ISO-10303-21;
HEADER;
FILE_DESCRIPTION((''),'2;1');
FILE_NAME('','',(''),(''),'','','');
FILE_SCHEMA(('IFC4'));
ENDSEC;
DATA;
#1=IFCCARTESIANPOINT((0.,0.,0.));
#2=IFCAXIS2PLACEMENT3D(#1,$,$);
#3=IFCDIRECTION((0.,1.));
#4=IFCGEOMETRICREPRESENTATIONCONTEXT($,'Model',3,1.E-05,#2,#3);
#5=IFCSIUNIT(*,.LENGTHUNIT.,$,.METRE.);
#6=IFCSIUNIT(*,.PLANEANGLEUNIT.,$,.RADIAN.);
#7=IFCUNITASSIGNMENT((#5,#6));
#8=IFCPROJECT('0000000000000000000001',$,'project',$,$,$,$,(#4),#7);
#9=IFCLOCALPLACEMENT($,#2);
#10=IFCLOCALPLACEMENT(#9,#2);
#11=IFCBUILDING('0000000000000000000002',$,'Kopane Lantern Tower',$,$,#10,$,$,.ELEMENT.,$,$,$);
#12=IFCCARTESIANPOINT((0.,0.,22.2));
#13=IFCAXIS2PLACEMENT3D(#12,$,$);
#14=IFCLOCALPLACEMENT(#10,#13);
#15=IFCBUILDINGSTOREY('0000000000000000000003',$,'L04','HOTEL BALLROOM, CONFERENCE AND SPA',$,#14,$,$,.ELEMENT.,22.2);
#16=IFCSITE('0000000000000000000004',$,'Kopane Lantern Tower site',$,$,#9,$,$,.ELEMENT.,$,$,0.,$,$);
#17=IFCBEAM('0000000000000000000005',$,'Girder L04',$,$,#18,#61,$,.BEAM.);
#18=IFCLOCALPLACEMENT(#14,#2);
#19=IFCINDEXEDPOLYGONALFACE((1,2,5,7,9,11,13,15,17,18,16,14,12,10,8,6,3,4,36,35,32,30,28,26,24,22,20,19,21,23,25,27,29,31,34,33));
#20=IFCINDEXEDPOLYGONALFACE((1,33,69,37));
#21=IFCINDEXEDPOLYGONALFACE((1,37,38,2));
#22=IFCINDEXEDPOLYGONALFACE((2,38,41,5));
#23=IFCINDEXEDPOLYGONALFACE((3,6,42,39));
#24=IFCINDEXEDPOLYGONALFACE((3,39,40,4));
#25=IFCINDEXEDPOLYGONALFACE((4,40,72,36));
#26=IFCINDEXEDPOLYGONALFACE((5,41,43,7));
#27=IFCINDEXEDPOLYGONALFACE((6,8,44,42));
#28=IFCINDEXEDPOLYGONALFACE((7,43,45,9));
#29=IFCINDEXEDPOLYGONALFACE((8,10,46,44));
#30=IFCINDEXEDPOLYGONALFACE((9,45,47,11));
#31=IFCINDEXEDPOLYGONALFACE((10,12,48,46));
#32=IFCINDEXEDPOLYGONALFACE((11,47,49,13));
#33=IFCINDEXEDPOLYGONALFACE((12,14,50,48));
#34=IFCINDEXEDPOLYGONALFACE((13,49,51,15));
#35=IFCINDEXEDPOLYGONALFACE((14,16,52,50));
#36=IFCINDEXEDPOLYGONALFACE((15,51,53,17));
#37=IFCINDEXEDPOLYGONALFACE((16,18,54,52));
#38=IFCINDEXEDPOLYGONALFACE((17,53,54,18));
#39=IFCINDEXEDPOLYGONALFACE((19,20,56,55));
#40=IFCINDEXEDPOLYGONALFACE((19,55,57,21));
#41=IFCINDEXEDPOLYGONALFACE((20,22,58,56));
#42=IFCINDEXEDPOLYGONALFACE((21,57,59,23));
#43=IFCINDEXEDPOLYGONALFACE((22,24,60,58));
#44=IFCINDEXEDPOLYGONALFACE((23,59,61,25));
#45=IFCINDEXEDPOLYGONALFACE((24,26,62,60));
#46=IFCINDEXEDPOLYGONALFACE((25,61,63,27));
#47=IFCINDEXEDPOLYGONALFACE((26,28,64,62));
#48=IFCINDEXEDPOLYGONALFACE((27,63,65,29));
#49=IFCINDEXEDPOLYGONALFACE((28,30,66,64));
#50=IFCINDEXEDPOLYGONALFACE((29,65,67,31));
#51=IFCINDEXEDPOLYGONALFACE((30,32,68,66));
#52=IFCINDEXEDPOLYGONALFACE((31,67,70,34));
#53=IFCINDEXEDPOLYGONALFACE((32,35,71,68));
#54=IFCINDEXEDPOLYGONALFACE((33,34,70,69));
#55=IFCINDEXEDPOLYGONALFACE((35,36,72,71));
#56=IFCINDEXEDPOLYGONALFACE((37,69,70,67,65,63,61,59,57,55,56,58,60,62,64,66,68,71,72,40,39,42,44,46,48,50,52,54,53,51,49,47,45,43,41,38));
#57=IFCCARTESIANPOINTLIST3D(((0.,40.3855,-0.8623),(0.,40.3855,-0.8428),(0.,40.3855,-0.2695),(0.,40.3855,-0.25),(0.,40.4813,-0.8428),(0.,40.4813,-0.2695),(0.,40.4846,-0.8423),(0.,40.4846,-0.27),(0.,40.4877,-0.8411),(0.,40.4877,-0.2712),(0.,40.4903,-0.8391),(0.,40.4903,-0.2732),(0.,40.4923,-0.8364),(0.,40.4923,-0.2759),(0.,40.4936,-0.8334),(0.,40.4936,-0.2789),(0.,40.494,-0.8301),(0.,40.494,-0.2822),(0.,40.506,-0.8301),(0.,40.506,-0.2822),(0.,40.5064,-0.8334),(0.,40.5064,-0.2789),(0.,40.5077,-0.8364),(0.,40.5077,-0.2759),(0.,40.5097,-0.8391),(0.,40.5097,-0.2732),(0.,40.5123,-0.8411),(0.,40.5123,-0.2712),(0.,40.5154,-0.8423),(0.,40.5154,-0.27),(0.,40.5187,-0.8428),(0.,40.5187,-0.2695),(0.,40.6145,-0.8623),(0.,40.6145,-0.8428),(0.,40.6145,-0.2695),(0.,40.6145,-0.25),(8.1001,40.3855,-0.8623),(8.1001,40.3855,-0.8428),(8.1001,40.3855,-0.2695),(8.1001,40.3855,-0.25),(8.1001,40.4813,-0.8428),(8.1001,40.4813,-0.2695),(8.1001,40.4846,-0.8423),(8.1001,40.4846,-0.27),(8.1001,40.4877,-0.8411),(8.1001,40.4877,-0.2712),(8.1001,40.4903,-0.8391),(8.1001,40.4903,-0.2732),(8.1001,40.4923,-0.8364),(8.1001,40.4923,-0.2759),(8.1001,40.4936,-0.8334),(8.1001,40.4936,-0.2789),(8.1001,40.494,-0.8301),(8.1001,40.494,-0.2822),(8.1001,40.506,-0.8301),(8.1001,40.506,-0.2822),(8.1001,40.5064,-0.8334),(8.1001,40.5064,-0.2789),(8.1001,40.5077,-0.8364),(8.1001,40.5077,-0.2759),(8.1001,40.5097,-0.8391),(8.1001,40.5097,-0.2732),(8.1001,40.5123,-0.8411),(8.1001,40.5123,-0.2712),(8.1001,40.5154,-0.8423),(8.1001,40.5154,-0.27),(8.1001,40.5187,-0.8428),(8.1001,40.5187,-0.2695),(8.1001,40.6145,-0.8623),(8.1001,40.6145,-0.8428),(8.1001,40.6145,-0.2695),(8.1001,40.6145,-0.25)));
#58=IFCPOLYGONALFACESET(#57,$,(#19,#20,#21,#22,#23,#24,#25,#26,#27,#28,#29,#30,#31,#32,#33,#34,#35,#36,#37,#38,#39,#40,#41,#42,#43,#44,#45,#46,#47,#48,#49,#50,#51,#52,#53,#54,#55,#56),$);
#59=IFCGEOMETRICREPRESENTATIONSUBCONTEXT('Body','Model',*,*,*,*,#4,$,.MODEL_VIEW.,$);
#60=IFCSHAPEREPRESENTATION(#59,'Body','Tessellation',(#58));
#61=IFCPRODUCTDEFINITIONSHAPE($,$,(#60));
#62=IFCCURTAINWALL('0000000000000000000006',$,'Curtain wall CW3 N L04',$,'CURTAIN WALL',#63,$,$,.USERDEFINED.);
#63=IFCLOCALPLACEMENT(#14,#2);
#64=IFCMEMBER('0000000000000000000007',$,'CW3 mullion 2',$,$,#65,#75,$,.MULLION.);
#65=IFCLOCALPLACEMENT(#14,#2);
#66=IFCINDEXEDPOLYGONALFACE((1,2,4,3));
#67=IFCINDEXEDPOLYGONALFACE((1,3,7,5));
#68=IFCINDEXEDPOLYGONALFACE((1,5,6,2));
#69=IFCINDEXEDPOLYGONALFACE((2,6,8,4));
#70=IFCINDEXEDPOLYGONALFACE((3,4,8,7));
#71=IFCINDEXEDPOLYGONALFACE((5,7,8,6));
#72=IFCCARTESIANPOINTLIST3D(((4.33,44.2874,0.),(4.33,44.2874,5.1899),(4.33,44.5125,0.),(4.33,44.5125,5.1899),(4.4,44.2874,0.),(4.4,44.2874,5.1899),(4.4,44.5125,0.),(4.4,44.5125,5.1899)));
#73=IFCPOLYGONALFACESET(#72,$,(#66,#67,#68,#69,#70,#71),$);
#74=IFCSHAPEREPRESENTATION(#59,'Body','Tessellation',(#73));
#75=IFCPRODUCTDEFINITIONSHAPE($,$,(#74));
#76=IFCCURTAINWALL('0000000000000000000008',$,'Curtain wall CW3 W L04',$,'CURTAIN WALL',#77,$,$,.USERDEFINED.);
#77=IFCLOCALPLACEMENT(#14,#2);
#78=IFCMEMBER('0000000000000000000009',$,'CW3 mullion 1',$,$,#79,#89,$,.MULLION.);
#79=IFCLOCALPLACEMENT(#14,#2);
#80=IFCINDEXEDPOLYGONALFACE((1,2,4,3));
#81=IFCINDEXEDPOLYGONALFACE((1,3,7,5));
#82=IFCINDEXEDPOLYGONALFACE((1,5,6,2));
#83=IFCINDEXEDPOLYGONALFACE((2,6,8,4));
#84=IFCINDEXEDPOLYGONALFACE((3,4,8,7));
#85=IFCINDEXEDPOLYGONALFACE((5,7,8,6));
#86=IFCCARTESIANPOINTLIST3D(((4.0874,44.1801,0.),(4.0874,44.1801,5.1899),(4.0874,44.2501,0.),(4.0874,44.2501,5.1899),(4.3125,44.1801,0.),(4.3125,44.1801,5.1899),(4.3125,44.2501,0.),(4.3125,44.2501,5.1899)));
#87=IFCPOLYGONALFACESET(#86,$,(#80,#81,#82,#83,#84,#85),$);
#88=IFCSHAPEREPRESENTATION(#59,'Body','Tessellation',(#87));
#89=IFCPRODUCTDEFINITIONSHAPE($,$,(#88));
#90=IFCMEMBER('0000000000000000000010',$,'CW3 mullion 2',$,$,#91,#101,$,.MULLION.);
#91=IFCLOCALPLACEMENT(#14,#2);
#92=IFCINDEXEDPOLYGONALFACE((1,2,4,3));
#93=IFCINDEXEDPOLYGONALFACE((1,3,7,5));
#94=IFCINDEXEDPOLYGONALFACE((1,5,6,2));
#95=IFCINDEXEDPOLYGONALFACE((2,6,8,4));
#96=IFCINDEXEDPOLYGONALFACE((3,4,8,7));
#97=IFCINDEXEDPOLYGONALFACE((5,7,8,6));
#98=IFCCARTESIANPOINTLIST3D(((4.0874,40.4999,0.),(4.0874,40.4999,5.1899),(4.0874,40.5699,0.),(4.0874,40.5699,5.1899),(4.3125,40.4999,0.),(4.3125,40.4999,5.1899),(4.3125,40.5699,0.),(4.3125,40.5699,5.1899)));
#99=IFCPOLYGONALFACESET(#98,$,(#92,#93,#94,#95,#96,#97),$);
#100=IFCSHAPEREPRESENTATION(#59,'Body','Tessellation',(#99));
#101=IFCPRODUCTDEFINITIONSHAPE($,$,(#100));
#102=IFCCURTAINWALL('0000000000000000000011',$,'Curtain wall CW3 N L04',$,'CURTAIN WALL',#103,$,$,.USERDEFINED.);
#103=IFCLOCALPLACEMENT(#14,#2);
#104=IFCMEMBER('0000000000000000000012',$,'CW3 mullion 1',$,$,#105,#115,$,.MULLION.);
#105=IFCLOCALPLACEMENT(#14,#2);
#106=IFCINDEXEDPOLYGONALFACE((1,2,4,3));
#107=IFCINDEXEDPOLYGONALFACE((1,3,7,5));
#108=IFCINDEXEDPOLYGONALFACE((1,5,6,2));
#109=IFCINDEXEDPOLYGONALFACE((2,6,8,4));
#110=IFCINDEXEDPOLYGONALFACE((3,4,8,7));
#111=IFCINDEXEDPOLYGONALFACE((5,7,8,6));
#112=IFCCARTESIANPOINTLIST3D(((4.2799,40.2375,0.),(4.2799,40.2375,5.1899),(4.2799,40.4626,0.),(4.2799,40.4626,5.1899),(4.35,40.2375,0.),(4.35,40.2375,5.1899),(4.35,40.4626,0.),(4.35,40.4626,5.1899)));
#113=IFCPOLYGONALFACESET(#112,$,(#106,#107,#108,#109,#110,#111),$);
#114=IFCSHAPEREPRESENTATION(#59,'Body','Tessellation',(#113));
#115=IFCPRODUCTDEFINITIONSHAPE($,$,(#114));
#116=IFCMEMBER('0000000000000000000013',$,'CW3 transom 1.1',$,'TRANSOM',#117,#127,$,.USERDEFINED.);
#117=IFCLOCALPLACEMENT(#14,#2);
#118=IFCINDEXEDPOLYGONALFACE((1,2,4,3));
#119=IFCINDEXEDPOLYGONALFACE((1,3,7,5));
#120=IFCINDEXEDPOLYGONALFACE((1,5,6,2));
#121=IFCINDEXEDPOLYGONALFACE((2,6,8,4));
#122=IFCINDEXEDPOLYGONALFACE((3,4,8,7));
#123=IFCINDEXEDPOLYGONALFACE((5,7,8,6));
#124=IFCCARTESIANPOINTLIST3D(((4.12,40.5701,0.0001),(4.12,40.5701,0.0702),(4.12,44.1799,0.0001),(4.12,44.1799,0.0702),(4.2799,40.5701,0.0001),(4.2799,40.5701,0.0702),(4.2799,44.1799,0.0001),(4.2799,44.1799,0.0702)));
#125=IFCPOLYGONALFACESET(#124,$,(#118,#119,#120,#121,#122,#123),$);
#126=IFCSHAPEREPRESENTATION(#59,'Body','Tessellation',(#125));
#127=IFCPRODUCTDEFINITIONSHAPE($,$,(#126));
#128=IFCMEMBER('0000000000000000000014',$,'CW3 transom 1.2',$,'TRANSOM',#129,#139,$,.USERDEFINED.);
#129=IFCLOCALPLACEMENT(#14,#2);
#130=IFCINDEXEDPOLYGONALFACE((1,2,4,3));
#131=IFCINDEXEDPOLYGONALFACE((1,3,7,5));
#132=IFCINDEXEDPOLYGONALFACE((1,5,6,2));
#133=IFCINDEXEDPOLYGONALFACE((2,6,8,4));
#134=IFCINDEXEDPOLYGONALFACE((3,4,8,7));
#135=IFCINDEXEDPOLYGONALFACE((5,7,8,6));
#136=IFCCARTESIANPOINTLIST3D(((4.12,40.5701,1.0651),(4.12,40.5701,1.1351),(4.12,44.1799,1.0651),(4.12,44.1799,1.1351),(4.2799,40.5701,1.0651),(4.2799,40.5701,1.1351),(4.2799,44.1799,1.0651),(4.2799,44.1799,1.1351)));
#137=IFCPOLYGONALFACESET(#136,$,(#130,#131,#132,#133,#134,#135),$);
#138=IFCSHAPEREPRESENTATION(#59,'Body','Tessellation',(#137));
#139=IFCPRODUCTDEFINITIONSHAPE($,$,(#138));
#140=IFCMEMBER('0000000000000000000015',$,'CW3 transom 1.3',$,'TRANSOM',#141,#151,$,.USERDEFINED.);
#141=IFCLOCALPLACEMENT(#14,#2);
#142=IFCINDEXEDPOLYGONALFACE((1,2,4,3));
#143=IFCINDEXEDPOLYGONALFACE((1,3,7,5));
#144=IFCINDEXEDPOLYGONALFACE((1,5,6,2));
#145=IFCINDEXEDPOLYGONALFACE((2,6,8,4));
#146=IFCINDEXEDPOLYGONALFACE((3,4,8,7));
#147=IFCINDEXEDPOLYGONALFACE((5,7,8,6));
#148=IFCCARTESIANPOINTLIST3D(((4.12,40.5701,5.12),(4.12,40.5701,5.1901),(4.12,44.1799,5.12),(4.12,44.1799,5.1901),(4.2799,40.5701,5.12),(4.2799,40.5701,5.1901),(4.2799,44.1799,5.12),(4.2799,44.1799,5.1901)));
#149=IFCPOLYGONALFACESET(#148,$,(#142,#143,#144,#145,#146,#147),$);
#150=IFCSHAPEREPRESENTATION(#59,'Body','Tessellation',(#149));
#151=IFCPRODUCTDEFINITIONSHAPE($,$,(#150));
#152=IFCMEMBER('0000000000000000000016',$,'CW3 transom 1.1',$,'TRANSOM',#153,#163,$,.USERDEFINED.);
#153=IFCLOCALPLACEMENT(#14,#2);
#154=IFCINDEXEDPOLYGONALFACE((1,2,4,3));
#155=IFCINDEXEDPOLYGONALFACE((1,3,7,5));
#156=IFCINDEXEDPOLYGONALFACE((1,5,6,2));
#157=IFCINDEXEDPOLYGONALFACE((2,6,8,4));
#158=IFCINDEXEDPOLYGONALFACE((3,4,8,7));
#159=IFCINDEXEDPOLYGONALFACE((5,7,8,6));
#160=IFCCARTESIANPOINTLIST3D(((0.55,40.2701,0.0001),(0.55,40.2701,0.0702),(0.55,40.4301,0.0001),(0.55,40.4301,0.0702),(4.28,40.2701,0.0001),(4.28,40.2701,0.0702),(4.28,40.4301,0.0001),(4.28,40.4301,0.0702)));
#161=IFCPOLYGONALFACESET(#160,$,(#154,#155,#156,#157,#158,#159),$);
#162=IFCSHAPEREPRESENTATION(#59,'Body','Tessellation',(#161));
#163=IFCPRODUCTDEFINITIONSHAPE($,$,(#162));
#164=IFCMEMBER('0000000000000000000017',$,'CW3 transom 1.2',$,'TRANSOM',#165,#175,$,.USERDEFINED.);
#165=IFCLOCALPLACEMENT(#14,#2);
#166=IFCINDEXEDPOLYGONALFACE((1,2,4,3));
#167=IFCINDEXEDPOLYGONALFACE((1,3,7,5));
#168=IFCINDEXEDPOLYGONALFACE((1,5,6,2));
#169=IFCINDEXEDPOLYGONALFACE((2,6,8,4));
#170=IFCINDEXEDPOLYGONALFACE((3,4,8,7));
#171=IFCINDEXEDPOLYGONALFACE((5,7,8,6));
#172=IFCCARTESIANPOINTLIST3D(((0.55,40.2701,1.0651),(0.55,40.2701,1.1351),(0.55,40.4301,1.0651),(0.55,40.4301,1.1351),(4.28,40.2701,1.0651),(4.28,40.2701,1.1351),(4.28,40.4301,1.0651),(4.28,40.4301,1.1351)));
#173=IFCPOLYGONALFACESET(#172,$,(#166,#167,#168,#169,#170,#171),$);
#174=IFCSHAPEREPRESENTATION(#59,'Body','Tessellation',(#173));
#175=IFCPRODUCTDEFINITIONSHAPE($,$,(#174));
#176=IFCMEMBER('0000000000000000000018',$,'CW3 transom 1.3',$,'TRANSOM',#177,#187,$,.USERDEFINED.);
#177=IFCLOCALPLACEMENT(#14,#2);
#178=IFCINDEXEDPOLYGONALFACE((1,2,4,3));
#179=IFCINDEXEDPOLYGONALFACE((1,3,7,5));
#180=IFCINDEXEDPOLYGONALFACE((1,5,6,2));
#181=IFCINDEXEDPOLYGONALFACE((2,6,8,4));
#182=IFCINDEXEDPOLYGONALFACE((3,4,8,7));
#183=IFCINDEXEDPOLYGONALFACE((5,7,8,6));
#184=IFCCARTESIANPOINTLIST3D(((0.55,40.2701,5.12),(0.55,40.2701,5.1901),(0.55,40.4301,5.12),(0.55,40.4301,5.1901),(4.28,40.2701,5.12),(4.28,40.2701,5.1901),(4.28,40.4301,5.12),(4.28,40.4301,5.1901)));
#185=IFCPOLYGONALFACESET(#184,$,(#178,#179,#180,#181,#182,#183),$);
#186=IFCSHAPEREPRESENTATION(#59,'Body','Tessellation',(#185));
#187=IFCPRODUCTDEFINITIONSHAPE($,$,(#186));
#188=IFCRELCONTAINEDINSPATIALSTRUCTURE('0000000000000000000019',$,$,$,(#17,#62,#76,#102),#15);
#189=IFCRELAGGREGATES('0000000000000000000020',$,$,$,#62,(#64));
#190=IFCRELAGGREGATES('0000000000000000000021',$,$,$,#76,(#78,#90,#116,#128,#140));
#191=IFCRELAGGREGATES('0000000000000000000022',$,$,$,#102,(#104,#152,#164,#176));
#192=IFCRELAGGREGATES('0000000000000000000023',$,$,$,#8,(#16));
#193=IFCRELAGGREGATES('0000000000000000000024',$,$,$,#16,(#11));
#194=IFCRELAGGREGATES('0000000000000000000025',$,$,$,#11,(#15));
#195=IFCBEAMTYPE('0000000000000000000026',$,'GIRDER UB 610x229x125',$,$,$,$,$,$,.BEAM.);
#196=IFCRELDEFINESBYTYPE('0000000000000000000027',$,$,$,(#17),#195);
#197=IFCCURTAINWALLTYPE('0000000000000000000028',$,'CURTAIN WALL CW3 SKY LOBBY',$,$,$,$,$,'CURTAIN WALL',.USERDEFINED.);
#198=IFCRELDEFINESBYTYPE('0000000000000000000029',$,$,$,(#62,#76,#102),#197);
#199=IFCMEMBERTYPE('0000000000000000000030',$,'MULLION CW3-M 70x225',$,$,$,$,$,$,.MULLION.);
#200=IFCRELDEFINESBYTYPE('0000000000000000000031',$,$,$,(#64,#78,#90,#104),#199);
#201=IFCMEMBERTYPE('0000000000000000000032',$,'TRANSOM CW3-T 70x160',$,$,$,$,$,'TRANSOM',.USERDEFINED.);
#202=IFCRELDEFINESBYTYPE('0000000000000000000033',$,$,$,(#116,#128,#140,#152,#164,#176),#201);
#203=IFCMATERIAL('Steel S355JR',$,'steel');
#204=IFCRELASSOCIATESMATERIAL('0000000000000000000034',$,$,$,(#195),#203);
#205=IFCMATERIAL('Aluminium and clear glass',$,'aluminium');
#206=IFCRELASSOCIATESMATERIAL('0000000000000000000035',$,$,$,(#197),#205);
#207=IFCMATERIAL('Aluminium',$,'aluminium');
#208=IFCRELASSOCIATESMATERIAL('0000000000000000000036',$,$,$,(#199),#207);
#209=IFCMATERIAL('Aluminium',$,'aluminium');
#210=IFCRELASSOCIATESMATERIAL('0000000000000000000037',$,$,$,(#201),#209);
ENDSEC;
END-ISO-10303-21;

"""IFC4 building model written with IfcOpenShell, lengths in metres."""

from ifc_helpers import new_model, si_unit, direction, frame, origin, origin_2d, place, context, subcontext, project, spatial, rectangle, i_section, extrude, material, material_profile, profile_set, type_object, element, aggregate, save


model = new_model("IFC4")

# Units and contexts
model_context = context("Model", 3, precision=1e-05, world=origin(), true_north=direction((0.0, 1.0)))
body_context = subcontext(model_context, "Body", "Model", "MODEL_VIEW")
ifc_project = project(units=[si_unit("LENGTHUNIT", "METRE"), si_unit("PLANEANGLEUNIT", "RADIAN")], contexts=[model_context])

# Site, building, storey
site_placement = place(None, origin())
site = spatial("IfcSite", under=ifc_project, at=site_placement, Name="Kopane Lantern Tower site", CompositionType="ELEMENT", RefElevation=0.0)
building_placement = place(site_placement, origin())
building = spatial("IfcBuilding", under=site, at=building_placement, Name="Kopane Lantern Tower", CompositionType="ELEMENT")
storey_placement = place(building_placement, frame((0.0, 0.0, 22.2)))
storey = spatial("IfcBuildingStorey", under=building, at=storey_placement, Name="L04", Description="HOTEL BALLROOM, CONFERENCE AND SPA", CompositionType="ELEMENT", Elevation=22.2)

# Beam
ifc_material_1 = material(Name="Steel S355JR", Category="steel")
ifc_material_profile_1 = material_profile(ifc_material_1, i_section(OverallWidth=0.229, OverallDepth=0.6123, WebThickness=0.012, FlangeThickness=0.0195, FilletRadius=0.0127, at=origin_2d()), Name="UB 610x229x125")
ifc_profile_set_1 = profile_set([ifc_material_profile_1], Name="Steel S355JR")
beam_type_1 = type_object("IfcBeamType", Name="GIRDER UB 610x229x125", PredefinedType="BEAM", material=ifc_profile_set_1)
beam_1_placement = place(storey_placement, frame((0.0, 40.5, -0.5562), z_axis=(1.0, 0.0, 0.0), x_axis=(0.0, 1.0, 0.0)))
element("IfcBeam", 1, at=beam_1_placement, inside=storey, type_object=beam_type_1, Name="Girder L04", PredefinedType="BEAM", context=body_context, shape_type="SweptSolid", body=[
    extrude(i_section(OverallWidth=0.229, OverallDepth=0.6123, WebThickness=0.012, FlangeThickness=0.0195, FilletRadius=0.0127, at=origin_2d()), origin(), (0.0, 0.0, 1.0), 8.1001),
])

# Curtain wall, member
ifc_material_2 = material(Name="Aluminium and clear glass", Category="aluminium")
curtain_wall_type = type_object("IfcCurtainWallType", Name="CURTAIN WALL CW3 SKY LOBBY", ElementType="CURTAIN WALL", PredefinedType="USERDEFINED", material=ifc_material_2)
curtain_wall_1_placement = place(storey_placement, origin())
curtain_wall_1 = element("IfcCurtainWall", 2, at=curtain_wall_1_placement, inside=storey, type_object=curtain_wall_type, Name="Curtain wall CW3 N L04", ObjectType="CURTAIN WALL", PredefinedType="USERDEFINED")
ifc_material_3 = material(Name="Aluminium", Category="aluminium")
ifc_material_profile_2 = material_profile(ifc_material_3, rectangle(XDim=0.0701, YDim=0.2251, at=origin_2d()), Name="AL 70x225")
ifc_profile_set_2 = profile_set([ifc_material_profile_2], Name="Aluminium")
member_type_1 = type_object("IfcMemberType", Name="MULLION CW3-M 70x225", PredefinedType="MULLION", material=ifc_profile_set_2)
member_1_placement = place(storey_placement, frame((4.365, 44.3999, 0.0), z_axis=(0.0, 0.0, 1.0), x_axis=(-1.0, 0.0, 0.0)))
member_1 = element("IfcMember", 3, at=member_1_placement, type_object=member_type_1, Name="CW3 mullion 2", PredefinedType="MULLION", context=body_context, shape_type="SweptSolid", body=[
    extrude(rectangle(XDim=0.0701, YDim=0.2251, at=origin_2d()), origin(), (0.0, 0.0, 1.0), 5.1899),
])

# Curtain wall, members
curtain_wall_2_placement = place(storey_placement, origin())
curtain_wall_2 = element("IfcCurtainWall", 4, at=curtain_wall_2_placement, inside=storey, type_object=curtain_wall_type, Name="Curtain wall CW3 W L04", ObjectType="CURTAIN WALL", PredefinedType="USERDEFINED")
member_2_placement = place(storey_placement, frame((4.2, 44.2151, 0.0), z_axis=(0.0, 0.0, 1.0), x_axis=(0.0, -1.0, 0.0)))
member_2 = element("IfcMember", 5, at=member_2_placement, type_object=member_type_1, Name="CW3 mullion 1", PredefinedType="MULLION", context=body_context, shape_type="SweptSolid", body=[
    extrude(rectangle(XDim=0.0701, YDim=0.2251, at=origin_2d()), origin(), (0.0, 0.0, 1.0), 5.1899),
])
member_3_placement = place(storey_placement, frame((4.2, 40.5349, 0.0), z_axis=(0.0, 0.0, 1.0), x_axis=(0.0, -1.0, 0.0)))
member_3 = element("IfcMember", 6, at=member_3_placement, type_object=member_type_1, Name="CW3 mullion 2", PredefinedType="MULLION", context=body_context, shape_type="SweptSolid", body=[
    extrude(rectangle(XDim=0.0701, YDim=0.2251, at=origin_2d()), origin(), (0.0, 0.0, 1.0), 5.1899),
])

# Curtain wall, member
curtain_wall_3_placement = place(storey_placement, origin())
curtain_wall_3 = element("IfcCurtainWall", 7, at=curtain_wall_3_placement, inside=storey, type_object=curtain_wall_type, Name="Curtain wall CW3 N L04", ObjectType="CURTAIN WALL", PredefinedType="USERDEFINED")
member_4_placement = place(storey_placement, frame((4.3149, 40.3501, 0.0), z_axis=(0.0, 0.0, 1.0), x_axis=(-1.0, 0.0, 0.0)))
member_4 = element("IfcMember", 8, at=member_4_placement, type_object=member_type_1, Name="CW3 mullion 1", PredefinedType="MULLION", context=body_context, shape_type="SweptSolid", body=[
    extrude(rectangle(XDim=0.0701, YDim=0.2251, at=origin_2d()), origin(), (0.0, 0.0, 1.0), 5.1899),
])

# Members
ifc_material_4 = material(Name="Aluminium", Category="aluminium")
ifc_material_profile_3 = material_profile(ifc_material_4, rectangle(XDim=0.1599, YDim=0.0701, at=origin_2d()), Name="AL 160x70")
ifc_profile_set_3 = profile_set([ifc_material_profile_3], Name="Aluminium")
member_type_2 = type_object("IfcMemberType", Name="TRANSOM CW3-T 70x160", ElementType="TRANSOM", PredefinedType="USERDEFINED", material=ifc_profile_set_3)
member_5_placement = place(storey_placement, frame((4.2, 44.1799, 0.0352), z_axis=(0.0, -1.0, 0.0), x_axis=(1.0, 0.0, 0.0)))
member_5 = element("IfcMember", 9, at=member_5_placement, type_object=member_type_2, Name="CW3 transom 1.1", ObjectType="TRANSOM", PredefinedType="USERDEFINED", context=body_context, shape_type="SweptSolid", body=[
    extrude(rectangle(XDim=0.1599, YDim=0.0701, at=origin_2d()), origin(), (0.0, 0.0, 1.0), 3.6099),
])
member_6_placement = place(storey_placement, frame((4.2, 44.1799, 1.1001), z_axis=(0.0, -1.0, 0.0), x_axis=(1.0, 0.0, 0.0)))
member_6 = element("IfcMember", 10, at=member_6_placement, type_object=member_type_2, Name="CW3 transom 1.2", ObjectType="TRANSOM", PredefinedType="USERDEFINED", context=body_context, shape_type="SweptSolid", body=[
    extrude(rectangle(XDim=0.1599, YDim=0.0701, at=origin_2d()), origin(), (0.0, 0.0, 1.0), 3.6099),
])
member_7_placement = place(storey_placement, frame((4.2, 44.1799, 5.155), z_axis=(0.0, -1.0, 0.0), x_axis=(1.0, 0.0, 0.0)))
member_7 = element("IfcMember", 11, at=member_7_placement, type_object=member_type_2, Name="CW3 transom 1.3", ObjectType="TRANSOM", PredefinedType="USERDEFINED", context=body_context, shape_type="SweptSolid", body=[
    extrude(rectangle(XDim=0.1599, YDim=0.0701, at=origin_2d()), origin(), (0.0, 0.0, 1.0), 3.6099),
])
member_8_placement = place(storey_placement, frame((4.28, 40.3501, 0.0352), z_axis=(-1.0, 0.0, 0.0), x_axis=(0.0, -1.0, 0.0)))
member_8 = element("IfcMember", 12, at=member_8_placement, type_object=member_type_2, Name="CW3 transom 1.1", ObjectType="TRANSOM", PredefinedType="USERDEFINED", context=body_context, shape_type="SweptSolid", body=[
    extrude(rectangle(XDim=0.1599, YDim=0.0701, at=origin_2d()), origin(), (0.0, 0.0, 1.0), 3.73),
])
member_9_placement = place(storey_placement, frame((4.28, 40.3501, 1.1001), z_axis=(-1.0, 0.0, 0.0), x_axis=(0.0, -1.0, 0.0)))
member_9 = element("IfcMember", 13, at=member_9_placement, type_object=member_type_2, Name="CW3 transom 1.2", ObjectType="TRANSOM", PredefinedType="USERDEFINED", context=body_context, shape_type="SweptSolid", body=[
    extrude(rectangle(XDim=0.1599, YDim=0.0701, at=origin_2d()), origin(), (0.0, 0.0, 1.0), 3.73),
])
member_10_placement = place(storey_placement, frame((4.28, 40.3501, 5.155), z_axis=(-1.0, 0.0, 0.0), x_axis=(0.0, -1.0, 0.0)))
member_10 = element("IfcMember", 14, at=member_10_placement, type_object=member_type_2, Name="CW3 transom 1.3", ObjectType="TRANSOM", PredefinedType="USERDEFINED", context=body_context, shape_type="SweptSolid", body=[
    extrude(rectangle(XDim=0.1599, YDim=0.0701, at=origin_2d()), origin(), (0.0, 0.0, 1.0), 3.73),
])

aggregate(curtain_wall_1, [member_1])
aggregate(curtain_wall_2, [member_2, member_3, member_5, member_6, member_7])
aggregate(curtain_wall_3, [member_4, member_8, member_9, member_10])

save(model, "model.ifc")
